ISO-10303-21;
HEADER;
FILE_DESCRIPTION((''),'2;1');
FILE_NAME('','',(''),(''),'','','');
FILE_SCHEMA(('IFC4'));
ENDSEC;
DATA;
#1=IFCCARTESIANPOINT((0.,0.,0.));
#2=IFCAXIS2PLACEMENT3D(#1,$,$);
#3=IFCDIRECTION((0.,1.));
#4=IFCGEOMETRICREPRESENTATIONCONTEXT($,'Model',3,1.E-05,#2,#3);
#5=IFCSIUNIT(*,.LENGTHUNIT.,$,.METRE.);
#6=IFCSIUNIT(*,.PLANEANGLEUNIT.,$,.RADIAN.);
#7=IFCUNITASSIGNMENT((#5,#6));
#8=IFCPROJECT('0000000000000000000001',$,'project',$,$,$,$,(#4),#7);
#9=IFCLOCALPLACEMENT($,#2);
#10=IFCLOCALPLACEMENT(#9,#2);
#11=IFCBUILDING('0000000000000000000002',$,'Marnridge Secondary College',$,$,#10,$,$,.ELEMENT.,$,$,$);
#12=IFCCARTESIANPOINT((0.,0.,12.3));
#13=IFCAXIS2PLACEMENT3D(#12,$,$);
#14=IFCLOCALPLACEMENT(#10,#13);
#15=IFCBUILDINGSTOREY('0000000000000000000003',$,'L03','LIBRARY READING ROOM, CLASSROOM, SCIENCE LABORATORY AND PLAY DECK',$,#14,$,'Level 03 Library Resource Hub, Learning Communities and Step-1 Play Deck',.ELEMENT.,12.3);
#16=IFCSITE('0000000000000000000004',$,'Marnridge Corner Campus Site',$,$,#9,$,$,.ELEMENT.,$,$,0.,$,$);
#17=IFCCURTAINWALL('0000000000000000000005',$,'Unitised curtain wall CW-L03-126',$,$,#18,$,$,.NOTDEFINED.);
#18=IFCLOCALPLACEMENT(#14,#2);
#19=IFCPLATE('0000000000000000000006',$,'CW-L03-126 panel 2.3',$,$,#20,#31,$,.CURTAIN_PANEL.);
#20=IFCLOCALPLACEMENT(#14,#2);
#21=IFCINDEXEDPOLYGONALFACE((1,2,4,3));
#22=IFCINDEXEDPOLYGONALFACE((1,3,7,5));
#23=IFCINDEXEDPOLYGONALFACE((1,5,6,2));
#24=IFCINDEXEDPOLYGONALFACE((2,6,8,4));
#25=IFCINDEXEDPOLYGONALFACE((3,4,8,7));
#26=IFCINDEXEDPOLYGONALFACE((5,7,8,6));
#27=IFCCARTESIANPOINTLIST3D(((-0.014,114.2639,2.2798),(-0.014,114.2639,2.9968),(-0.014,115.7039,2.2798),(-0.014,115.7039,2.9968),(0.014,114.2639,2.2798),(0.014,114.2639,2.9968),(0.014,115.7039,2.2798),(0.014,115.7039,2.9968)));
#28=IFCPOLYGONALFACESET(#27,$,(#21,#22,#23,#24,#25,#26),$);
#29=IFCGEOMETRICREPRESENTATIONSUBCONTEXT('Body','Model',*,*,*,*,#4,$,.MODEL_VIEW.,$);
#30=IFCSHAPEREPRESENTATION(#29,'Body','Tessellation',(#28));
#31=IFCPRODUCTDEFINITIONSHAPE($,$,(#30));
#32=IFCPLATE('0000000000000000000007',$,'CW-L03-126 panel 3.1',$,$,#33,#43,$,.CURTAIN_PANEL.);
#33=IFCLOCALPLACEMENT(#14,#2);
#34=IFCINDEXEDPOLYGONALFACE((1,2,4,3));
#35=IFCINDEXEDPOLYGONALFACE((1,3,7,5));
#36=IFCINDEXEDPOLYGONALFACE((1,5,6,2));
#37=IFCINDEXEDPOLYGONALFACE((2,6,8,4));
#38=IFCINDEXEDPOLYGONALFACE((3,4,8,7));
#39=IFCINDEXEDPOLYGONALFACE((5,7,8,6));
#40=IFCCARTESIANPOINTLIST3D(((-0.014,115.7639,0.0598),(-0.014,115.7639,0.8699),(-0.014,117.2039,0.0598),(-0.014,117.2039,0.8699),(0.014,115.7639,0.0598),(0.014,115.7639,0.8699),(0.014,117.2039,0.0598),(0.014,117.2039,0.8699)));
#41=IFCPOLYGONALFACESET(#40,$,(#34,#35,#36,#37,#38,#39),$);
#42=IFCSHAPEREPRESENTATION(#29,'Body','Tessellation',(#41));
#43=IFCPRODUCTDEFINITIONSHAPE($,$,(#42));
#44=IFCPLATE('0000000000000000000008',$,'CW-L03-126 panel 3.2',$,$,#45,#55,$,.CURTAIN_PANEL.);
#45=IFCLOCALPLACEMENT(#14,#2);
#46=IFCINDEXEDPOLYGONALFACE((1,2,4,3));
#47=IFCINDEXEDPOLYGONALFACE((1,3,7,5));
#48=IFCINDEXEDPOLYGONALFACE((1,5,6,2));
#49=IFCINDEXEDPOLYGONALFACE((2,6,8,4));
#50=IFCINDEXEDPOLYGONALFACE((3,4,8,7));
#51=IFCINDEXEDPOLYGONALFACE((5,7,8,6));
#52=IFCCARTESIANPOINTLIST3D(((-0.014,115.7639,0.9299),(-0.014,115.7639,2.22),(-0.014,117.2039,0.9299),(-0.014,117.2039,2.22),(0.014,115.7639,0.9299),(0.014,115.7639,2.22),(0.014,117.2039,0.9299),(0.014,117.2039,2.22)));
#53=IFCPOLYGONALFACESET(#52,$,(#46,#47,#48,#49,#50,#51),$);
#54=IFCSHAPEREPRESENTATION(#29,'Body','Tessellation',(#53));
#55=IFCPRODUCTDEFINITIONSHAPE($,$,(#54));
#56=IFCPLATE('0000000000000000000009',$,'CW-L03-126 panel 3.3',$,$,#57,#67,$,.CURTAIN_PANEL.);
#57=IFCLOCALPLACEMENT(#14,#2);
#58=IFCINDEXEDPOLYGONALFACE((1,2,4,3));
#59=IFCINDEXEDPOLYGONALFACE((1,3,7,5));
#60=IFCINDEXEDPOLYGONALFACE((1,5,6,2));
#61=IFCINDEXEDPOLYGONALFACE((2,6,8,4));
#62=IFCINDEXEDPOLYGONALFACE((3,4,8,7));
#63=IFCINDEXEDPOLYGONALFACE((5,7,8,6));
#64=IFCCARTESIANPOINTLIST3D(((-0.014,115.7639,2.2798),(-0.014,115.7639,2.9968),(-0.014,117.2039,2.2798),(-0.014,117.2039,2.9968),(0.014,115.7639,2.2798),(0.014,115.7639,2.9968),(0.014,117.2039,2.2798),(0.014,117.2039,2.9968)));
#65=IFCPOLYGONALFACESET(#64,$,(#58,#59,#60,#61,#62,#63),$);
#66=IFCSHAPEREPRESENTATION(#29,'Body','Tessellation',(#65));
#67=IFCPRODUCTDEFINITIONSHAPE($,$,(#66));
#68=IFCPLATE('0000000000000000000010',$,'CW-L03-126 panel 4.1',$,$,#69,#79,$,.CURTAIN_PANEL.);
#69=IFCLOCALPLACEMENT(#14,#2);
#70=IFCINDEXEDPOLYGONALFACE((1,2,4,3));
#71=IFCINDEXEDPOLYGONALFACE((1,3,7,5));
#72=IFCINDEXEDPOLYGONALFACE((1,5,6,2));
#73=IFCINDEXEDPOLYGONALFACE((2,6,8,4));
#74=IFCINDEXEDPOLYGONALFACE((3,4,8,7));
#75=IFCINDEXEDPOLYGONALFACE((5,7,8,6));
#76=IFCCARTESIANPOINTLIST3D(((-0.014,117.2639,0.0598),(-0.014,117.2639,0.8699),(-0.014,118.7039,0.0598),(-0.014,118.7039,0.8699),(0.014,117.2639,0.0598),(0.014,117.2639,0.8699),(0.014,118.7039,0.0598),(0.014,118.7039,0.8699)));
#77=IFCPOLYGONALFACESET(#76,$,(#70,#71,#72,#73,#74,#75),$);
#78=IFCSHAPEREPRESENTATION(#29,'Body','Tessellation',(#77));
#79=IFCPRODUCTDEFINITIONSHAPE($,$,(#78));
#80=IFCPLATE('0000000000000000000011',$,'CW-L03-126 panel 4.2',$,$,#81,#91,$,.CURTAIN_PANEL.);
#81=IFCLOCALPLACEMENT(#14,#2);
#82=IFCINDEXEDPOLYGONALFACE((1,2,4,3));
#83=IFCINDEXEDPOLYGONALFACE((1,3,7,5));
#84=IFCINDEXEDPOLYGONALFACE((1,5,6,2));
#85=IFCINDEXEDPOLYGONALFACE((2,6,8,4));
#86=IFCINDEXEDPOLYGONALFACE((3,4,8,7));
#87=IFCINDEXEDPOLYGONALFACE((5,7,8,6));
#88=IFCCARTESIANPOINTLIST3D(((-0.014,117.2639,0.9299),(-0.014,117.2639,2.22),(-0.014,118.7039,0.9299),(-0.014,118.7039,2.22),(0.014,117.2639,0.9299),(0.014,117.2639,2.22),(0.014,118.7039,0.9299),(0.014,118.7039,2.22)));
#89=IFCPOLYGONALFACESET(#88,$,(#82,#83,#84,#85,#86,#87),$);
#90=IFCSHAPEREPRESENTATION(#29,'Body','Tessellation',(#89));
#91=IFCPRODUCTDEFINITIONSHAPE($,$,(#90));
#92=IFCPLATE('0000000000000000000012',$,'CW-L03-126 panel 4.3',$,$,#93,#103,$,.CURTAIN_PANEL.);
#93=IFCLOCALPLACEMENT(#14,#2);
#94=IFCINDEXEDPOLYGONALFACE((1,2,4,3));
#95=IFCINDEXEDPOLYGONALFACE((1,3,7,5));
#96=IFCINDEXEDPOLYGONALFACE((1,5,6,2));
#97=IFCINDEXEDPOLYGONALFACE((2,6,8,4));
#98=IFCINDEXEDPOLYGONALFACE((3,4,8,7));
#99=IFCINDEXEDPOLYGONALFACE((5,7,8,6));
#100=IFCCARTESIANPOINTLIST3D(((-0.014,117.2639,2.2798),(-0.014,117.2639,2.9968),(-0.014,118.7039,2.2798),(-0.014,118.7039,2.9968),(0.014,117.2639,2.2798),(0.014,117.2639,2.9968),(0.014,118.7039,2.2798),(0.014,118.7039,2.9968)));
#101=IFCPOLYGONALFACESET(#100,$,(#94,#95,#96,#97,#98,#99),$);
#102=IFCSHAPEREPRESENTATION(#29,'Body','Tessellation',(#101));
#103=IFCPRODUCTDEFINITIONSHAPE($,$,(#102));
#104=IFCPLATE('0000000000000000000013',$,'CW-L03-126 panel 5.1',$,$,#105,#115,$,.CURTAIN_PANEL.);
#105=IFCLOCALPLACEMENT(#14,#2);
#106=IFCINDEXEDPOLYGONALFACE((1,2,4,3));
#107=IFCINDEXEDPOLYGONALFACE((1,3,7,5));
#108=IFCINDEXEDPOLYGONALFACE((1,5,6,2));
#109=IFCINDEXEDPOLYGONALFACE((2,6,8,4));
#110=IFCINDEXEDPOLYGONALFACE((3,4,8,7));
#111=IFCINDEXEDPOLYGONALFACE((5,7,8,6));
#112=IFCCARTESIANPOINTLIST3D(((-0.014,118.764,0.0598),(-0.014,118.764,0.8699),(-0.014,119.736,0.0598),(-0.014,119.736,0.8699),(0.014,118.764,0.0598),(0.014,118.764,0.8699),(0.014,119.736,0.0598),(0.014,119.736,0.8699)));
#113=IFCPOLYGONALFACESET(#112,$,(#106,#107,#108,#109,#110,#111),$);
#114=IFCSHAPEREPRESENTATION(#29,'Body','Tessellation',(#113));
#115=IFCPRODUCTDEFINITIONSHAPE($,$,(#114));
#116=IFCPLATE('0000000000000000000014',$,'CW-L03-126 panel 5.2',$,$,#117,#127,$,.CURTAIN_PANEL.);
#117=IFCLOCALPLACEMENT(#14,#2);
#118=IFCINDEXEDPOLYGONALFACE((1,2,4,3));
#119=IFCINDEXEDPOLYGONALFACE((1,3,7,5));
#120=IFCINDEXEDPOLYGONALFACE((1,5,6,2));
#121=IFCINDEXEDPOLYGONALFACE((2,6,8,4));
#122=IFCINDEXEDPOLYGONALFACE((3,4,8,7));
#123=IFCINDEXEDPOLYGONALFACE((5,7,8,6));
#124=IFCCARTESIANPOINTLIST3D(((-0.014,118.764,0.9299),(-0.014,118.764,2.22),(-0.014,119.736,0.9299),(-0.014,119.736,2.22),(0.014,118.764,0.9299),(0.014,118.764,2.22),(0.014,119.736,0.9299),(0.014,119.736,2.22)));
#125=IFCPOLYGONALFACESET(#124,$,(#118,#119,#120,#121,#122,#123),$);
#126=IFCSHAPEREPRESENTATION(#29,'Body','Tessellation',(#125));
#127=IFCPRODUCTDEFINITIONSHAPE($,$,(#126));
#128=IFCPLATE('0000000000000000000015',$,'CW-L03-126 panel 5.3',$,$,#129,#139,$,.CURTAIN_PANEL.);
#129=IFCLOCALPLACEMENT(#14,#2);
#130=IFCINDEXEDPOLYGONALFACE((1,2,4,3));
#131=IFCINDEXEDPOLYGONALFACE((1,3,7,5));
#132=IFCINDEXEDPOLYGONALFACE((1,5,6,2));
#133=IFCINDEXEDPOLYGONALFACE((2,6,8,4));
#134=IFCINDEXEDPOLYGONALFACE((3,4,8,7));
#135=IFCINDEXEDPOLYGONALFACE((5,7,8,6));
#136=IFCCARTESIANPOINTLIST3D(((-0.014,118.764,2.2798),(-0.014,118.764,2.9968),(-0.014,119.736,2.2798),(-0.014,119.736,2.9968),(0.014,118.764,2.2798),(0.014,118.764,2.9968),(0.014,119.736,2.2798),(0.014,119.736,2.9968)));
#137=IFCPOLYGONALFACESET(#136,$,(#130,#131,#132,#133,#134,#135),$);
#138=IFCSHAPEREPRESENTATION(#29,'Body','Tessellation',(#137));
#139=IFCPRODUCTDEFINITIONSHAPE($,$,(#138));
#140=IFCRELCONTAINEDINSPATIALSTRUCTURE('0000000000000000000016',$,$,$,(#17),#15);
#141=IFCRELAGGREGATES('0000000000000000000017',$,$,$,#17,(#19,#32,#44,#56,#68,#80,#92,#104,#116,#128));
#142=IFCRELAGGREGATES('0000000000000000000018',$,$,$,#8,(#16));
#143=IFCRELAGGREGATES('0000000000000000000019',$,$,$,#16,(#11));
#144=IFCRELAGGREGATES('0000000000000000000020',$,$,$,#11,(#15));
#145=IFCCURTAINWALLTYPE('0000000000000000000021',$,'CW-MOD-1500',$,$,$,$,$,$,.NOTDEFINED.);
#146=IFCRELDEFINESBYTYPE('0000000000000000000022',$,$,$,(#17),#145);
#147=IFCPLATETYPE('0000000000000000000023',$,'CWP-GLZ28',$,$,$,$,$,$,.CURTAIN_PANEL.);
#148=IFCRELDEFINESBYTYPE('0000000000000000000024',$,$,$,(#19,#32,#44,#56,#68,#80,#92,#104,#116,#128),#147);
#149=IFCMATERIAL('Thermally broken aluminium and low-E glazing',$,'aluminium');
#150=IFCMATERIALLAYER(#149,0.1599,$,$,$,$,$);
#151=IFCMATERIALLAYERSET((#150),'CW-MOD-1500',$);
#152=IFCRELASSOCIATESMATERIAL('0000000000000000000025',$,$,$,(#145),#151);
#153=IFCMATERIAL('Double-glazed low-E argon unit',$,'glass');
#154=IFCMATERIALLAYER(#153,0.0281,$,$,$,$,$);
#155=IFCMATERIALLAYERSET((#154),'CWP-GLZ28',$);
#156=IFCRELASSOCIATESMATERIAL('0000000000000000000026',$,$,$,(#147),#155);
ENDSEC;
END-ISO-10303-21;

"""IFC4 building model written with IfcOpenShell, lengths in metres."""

from ifc_helpers import new_model, si_unit, direction, frame, origin, origin_2d, place, context, subcontext, project, spatial, rectangle, extrude, material, layer, layer_set, type_object, element, aggregate, save


model = new_model("IFC4")

# Units and contexts
model_context = context("Model", 3, precision=1e-05, world=origin(), true_north=direction((0.0, 1.0)))
body_context = subcontext(model_context, "Body", "Model", "MODEL_VIEW")
ifc_project = project(units=[si_unit("LENGTHUNIT", "METRE"), si_unit("PLANEANGLEUNIT", "RADIAN")], contexts=[model_context])

# Site, building, storey
site_placement = place(None, origin())
site = spatial("IfcSite", under=ifc_project, at=site_placement, Name="Marnridge Corner Campus Site", CompositionType="ELEMENT", RefElevation=0.0)
building_placement = place(site_placement, origin())
building = spatial("IfcBuilding", under=site, at=building_placement, Name="Marnridge Secondary College", CompositionType="ELEMENT")
storey_placement = place(building_placement, frame((0.0, 0.0, 12.3)))
storey = spatial("IfcBuildingStorey", under=building, at=storey_placement, Name="L03", Description="LIBRARY READING ROOM, CLASSROOM, SCIENCE LABORATORY AND PLAY DECK", LongName="Level 03 Library Resource Hub, Learning Communities and Step-1 Play Deck", CompositionType="ELEMENT", Elevation=12.3)

# Curtain wall, plates
ifc_material_1 = material(Name="Thermally broken aluminium and low-E glazing", Category="aluminium")
ifc_layer_1 = layer(ifc_material_1, 0.1599)
ifc_layer_set_1 = layer_set([ifc_layer_1], Name="CW-MOD-1500")
curtain_wall_type = type_object("IfcCurtainWallType", Name="CW-MOD-1500", PredefinedType="NOTDEFINED", material=ifc_layer_set_1)
curtain_wall_placement = place(storey_placement, origin())
curtain_wall = element("IfcCurtainWall", 1, at=curtain_wall_placement, inside=storey, type_object=curtain_wall_type, Name="Unitised curtain wall CW-L03-126", PredefinedType="NOTDEFINED")
ifc_material_2 = material(Name="Double-glazed low-E argon unit", Category="glass")
ifc_layer_2 = layer(ifc_material_2, 0.0281)
ifc_layer_set_2 = layer_set([ifc_layer_2], Name="CWP-GLZ28")
plate_type = type_object("IfcPlateType", Name="CWP-GLZ28", PredefinedType="CURTAIN_PANEL", material=ifc_layer_set_2)
plate_1_placement = place(storey_placement, frame((0.0, 114.9839, 2.2798), z_axis=(0.0, 0.0, 1.0), x_axis=(0.0, 1.0, 0.0)))
plate_1 = element("IfcPlate", 2, at=plate_1_placement, type_object=plate_type, Name="CW-L03-126 panel 2.3", PredefinedType="CURTAIN_PANEL", context=body_context, shape_type="SweptSolid", body=[
    extrude(rectangle(XDim=1.4399, YDim=0.0281, at=origin_2d()), origin(), (0.0, 0.0, 1.0), 0.717),
])
plate_2_placement = place(storey_placement, frame((0.0, 116.4839, 0.0598), z_axis=(0.0, 0.0, 1.0), x_axis=(0.0, 1.0, 0.0)))
plate_2 = element("IfcPlate", 3, at=plate_2_placement, type_object=plate_type, Name="CW-L03-126 panel 3.1", PredefinedType="CURTAIN_PANEL", context=body_context, shape_type="SweptSolid", body=[
    extrude(rectangle(XDim=1.4399, YDim=0.0281, at=origin_2d()), origin(), (0.0, 0.0, 1.0), 0.8101),
])
plate_3_placement = place(storey_placement, frame((0.0, 116.4839, 0.9299), z_axis=(0.0, 0.0, 1.0), x_axis=(0.0, 1.0, 0.0)))
plate_3 = element("IfcPlate", 4, at=plate_3_placement, type_object=plate_type, Name="CW-L03-126 panel 3.2", PredefinedType="CURTAIN_PANEL", context=body_context, shape_type="SweptSolid", body=[
    extrude(rectangle(XDim=1.4399, YDim=0.0281, at=origin_2d()), origin(), (0.0, 0.0, 1.0), 1.29),
])
plate_4_placement = place(storey_placement, frame((0.0, 116.4839, 2.2798), z_axis=(0.0, 0.0, 1.0), x_axis=(0.0, 1.0, 0.0)))
plate_4 = element("IfcPlate", 5, at=plate_4_placement, type_object=plate_type, Name="CW-L03-126 panel 3.3", PredefinedType="CURTAIN_PANEL", context=body_context, shape_type="SweptSolid", body=[
    extrude(rectangle(XDim=1.4399, YDim=0.0281, at=origin_2d()), origin(), (0.0, 0.0, 1.0), 0.717),
])
plate_5_placement = place(storey_placement, frame((0.0, 117.9839, 0.0598), z_axis=(0.0, 0.0, 1.0), x_axis=(0.0, 1.0, 0.0)))
plate_5 = element("IfcPlate", 6, at=plate_5_placement, type_object=plate_type, Name="CW-L03-126 panel 4.1", PredefinedType="CURTAIN_PANEL", context=body_context, shape_type="SweptSolid", body=[
    extrude(rectangle(XDim=1.4399, YDim=0.0281, at=origin_2d()), origin(), (0.0, 0.0, 1.0), 0.8101),
])
plate_6_placement = place(storey_placement, frame((0.0, 117.9839, 0.9299), z_axis=(0.0, 0.0, 1.0), x_axis=(0.0, 1.0, 0.0)))
plate_6 = element("IfcPlate", 7, at=plate_6_placement, type_object=plate_type, Name="CW-L03-126 panel 4.2", PredefinedType="CURTAIN_PANEL", context=body_context, shape_type="SweptSolid", body=[
    extrude(rectangle(XDim=1.4399, YDim=0.0281, at=origin_2d()), origin(), (0.0, 0.0, 1.0), 1.29),
])
plate_7_placement = place(storey_placement, frame((0.0, 117.9839, 2.2798), z_axis=(0.0, 0.0, 1.0), x_axis=(0.0, 1.0, 0.0)))
plate_7 = element("IfcPlate", 8, at=plate_7_placement, type_object=plate_type, Name="CW-L03-126 panel 4.3", PredefinedType="CURTAIN_PANEL", context=body_context, shape_type="SweptSolid", body=[
    extrude(rectangle(XDim=1.4399, YDim=0.0281, at=origin_2d()), origin(), (0.0, 0.0, 1.0), 0.717),
])
plate_8_placement = place(storey_placement, frame((0.0, 119.25, 0.0598), z_axis=(0.0, 0.0, 1.0), x_axis=(0.0, 1.0, 0.0)))
plate_8 = element("IfcPlate", 9, at=plate_8_placement, type_object=plate_type, Name="CW-L03-126 panel 5.1", PredefinedType="CURTAIN_PANEL", context=body_context, shape_type="SweptSolid", body=[
    extrude(rectangle(XDim=0.9719, YDim=0.0281, at=origin_2d()), origin(), (0.0, 0.0, 1.0), 0.8101),
])
plate_9_placement = place(storey_placement, frame((0.0, 119.25, 0.9299), z_axis=(0.0, 0.0, 1.0), x_axis=(0.0, 1.0, 0.0)))
plate_9 = element("IfcPlate", 10, at=plate_9_placement, type_object=plate_type, Name="CW-L03-126 panel 5.2", PredefinedType="CURTAIN_PANEL", context=body_context, shape_type="SweptSolid", body=[
    extrude(rectangle(XDim=0.9719, YDim=0.0281, at=origin_2d()), origin(), (0.0, 0.0, 1.0), 1.29),
])
plate_10_placement = place(storey_placement, frame((0.0, 119.25, 2.2798), z_axis=(0.0, 0.0, 1.0), x_axis=(0.0, 1.0, 0.0)))
plate_10 = element("IfcPlate", 11, at=plate_10_placement, type_object=plate_type, Name="CW-L03-126 panel 5.3", PredefinedType="CURTAIN_PANEL", context=body_context, shape_type="SweptSolid", body=[
    extrude(rectangle(XDim=0.9719, YDim=0.0281, at=origin_2d()), origin(), (0.0, 0.0, 1.0), 0.717),
])
aggregate(curtain_wall, [plate_1, plate_2, plate_3, plate_4, plate_5, plate_6, plate_7, plate_8, plate_9, plate_10])

save(model, "model.ifc")
